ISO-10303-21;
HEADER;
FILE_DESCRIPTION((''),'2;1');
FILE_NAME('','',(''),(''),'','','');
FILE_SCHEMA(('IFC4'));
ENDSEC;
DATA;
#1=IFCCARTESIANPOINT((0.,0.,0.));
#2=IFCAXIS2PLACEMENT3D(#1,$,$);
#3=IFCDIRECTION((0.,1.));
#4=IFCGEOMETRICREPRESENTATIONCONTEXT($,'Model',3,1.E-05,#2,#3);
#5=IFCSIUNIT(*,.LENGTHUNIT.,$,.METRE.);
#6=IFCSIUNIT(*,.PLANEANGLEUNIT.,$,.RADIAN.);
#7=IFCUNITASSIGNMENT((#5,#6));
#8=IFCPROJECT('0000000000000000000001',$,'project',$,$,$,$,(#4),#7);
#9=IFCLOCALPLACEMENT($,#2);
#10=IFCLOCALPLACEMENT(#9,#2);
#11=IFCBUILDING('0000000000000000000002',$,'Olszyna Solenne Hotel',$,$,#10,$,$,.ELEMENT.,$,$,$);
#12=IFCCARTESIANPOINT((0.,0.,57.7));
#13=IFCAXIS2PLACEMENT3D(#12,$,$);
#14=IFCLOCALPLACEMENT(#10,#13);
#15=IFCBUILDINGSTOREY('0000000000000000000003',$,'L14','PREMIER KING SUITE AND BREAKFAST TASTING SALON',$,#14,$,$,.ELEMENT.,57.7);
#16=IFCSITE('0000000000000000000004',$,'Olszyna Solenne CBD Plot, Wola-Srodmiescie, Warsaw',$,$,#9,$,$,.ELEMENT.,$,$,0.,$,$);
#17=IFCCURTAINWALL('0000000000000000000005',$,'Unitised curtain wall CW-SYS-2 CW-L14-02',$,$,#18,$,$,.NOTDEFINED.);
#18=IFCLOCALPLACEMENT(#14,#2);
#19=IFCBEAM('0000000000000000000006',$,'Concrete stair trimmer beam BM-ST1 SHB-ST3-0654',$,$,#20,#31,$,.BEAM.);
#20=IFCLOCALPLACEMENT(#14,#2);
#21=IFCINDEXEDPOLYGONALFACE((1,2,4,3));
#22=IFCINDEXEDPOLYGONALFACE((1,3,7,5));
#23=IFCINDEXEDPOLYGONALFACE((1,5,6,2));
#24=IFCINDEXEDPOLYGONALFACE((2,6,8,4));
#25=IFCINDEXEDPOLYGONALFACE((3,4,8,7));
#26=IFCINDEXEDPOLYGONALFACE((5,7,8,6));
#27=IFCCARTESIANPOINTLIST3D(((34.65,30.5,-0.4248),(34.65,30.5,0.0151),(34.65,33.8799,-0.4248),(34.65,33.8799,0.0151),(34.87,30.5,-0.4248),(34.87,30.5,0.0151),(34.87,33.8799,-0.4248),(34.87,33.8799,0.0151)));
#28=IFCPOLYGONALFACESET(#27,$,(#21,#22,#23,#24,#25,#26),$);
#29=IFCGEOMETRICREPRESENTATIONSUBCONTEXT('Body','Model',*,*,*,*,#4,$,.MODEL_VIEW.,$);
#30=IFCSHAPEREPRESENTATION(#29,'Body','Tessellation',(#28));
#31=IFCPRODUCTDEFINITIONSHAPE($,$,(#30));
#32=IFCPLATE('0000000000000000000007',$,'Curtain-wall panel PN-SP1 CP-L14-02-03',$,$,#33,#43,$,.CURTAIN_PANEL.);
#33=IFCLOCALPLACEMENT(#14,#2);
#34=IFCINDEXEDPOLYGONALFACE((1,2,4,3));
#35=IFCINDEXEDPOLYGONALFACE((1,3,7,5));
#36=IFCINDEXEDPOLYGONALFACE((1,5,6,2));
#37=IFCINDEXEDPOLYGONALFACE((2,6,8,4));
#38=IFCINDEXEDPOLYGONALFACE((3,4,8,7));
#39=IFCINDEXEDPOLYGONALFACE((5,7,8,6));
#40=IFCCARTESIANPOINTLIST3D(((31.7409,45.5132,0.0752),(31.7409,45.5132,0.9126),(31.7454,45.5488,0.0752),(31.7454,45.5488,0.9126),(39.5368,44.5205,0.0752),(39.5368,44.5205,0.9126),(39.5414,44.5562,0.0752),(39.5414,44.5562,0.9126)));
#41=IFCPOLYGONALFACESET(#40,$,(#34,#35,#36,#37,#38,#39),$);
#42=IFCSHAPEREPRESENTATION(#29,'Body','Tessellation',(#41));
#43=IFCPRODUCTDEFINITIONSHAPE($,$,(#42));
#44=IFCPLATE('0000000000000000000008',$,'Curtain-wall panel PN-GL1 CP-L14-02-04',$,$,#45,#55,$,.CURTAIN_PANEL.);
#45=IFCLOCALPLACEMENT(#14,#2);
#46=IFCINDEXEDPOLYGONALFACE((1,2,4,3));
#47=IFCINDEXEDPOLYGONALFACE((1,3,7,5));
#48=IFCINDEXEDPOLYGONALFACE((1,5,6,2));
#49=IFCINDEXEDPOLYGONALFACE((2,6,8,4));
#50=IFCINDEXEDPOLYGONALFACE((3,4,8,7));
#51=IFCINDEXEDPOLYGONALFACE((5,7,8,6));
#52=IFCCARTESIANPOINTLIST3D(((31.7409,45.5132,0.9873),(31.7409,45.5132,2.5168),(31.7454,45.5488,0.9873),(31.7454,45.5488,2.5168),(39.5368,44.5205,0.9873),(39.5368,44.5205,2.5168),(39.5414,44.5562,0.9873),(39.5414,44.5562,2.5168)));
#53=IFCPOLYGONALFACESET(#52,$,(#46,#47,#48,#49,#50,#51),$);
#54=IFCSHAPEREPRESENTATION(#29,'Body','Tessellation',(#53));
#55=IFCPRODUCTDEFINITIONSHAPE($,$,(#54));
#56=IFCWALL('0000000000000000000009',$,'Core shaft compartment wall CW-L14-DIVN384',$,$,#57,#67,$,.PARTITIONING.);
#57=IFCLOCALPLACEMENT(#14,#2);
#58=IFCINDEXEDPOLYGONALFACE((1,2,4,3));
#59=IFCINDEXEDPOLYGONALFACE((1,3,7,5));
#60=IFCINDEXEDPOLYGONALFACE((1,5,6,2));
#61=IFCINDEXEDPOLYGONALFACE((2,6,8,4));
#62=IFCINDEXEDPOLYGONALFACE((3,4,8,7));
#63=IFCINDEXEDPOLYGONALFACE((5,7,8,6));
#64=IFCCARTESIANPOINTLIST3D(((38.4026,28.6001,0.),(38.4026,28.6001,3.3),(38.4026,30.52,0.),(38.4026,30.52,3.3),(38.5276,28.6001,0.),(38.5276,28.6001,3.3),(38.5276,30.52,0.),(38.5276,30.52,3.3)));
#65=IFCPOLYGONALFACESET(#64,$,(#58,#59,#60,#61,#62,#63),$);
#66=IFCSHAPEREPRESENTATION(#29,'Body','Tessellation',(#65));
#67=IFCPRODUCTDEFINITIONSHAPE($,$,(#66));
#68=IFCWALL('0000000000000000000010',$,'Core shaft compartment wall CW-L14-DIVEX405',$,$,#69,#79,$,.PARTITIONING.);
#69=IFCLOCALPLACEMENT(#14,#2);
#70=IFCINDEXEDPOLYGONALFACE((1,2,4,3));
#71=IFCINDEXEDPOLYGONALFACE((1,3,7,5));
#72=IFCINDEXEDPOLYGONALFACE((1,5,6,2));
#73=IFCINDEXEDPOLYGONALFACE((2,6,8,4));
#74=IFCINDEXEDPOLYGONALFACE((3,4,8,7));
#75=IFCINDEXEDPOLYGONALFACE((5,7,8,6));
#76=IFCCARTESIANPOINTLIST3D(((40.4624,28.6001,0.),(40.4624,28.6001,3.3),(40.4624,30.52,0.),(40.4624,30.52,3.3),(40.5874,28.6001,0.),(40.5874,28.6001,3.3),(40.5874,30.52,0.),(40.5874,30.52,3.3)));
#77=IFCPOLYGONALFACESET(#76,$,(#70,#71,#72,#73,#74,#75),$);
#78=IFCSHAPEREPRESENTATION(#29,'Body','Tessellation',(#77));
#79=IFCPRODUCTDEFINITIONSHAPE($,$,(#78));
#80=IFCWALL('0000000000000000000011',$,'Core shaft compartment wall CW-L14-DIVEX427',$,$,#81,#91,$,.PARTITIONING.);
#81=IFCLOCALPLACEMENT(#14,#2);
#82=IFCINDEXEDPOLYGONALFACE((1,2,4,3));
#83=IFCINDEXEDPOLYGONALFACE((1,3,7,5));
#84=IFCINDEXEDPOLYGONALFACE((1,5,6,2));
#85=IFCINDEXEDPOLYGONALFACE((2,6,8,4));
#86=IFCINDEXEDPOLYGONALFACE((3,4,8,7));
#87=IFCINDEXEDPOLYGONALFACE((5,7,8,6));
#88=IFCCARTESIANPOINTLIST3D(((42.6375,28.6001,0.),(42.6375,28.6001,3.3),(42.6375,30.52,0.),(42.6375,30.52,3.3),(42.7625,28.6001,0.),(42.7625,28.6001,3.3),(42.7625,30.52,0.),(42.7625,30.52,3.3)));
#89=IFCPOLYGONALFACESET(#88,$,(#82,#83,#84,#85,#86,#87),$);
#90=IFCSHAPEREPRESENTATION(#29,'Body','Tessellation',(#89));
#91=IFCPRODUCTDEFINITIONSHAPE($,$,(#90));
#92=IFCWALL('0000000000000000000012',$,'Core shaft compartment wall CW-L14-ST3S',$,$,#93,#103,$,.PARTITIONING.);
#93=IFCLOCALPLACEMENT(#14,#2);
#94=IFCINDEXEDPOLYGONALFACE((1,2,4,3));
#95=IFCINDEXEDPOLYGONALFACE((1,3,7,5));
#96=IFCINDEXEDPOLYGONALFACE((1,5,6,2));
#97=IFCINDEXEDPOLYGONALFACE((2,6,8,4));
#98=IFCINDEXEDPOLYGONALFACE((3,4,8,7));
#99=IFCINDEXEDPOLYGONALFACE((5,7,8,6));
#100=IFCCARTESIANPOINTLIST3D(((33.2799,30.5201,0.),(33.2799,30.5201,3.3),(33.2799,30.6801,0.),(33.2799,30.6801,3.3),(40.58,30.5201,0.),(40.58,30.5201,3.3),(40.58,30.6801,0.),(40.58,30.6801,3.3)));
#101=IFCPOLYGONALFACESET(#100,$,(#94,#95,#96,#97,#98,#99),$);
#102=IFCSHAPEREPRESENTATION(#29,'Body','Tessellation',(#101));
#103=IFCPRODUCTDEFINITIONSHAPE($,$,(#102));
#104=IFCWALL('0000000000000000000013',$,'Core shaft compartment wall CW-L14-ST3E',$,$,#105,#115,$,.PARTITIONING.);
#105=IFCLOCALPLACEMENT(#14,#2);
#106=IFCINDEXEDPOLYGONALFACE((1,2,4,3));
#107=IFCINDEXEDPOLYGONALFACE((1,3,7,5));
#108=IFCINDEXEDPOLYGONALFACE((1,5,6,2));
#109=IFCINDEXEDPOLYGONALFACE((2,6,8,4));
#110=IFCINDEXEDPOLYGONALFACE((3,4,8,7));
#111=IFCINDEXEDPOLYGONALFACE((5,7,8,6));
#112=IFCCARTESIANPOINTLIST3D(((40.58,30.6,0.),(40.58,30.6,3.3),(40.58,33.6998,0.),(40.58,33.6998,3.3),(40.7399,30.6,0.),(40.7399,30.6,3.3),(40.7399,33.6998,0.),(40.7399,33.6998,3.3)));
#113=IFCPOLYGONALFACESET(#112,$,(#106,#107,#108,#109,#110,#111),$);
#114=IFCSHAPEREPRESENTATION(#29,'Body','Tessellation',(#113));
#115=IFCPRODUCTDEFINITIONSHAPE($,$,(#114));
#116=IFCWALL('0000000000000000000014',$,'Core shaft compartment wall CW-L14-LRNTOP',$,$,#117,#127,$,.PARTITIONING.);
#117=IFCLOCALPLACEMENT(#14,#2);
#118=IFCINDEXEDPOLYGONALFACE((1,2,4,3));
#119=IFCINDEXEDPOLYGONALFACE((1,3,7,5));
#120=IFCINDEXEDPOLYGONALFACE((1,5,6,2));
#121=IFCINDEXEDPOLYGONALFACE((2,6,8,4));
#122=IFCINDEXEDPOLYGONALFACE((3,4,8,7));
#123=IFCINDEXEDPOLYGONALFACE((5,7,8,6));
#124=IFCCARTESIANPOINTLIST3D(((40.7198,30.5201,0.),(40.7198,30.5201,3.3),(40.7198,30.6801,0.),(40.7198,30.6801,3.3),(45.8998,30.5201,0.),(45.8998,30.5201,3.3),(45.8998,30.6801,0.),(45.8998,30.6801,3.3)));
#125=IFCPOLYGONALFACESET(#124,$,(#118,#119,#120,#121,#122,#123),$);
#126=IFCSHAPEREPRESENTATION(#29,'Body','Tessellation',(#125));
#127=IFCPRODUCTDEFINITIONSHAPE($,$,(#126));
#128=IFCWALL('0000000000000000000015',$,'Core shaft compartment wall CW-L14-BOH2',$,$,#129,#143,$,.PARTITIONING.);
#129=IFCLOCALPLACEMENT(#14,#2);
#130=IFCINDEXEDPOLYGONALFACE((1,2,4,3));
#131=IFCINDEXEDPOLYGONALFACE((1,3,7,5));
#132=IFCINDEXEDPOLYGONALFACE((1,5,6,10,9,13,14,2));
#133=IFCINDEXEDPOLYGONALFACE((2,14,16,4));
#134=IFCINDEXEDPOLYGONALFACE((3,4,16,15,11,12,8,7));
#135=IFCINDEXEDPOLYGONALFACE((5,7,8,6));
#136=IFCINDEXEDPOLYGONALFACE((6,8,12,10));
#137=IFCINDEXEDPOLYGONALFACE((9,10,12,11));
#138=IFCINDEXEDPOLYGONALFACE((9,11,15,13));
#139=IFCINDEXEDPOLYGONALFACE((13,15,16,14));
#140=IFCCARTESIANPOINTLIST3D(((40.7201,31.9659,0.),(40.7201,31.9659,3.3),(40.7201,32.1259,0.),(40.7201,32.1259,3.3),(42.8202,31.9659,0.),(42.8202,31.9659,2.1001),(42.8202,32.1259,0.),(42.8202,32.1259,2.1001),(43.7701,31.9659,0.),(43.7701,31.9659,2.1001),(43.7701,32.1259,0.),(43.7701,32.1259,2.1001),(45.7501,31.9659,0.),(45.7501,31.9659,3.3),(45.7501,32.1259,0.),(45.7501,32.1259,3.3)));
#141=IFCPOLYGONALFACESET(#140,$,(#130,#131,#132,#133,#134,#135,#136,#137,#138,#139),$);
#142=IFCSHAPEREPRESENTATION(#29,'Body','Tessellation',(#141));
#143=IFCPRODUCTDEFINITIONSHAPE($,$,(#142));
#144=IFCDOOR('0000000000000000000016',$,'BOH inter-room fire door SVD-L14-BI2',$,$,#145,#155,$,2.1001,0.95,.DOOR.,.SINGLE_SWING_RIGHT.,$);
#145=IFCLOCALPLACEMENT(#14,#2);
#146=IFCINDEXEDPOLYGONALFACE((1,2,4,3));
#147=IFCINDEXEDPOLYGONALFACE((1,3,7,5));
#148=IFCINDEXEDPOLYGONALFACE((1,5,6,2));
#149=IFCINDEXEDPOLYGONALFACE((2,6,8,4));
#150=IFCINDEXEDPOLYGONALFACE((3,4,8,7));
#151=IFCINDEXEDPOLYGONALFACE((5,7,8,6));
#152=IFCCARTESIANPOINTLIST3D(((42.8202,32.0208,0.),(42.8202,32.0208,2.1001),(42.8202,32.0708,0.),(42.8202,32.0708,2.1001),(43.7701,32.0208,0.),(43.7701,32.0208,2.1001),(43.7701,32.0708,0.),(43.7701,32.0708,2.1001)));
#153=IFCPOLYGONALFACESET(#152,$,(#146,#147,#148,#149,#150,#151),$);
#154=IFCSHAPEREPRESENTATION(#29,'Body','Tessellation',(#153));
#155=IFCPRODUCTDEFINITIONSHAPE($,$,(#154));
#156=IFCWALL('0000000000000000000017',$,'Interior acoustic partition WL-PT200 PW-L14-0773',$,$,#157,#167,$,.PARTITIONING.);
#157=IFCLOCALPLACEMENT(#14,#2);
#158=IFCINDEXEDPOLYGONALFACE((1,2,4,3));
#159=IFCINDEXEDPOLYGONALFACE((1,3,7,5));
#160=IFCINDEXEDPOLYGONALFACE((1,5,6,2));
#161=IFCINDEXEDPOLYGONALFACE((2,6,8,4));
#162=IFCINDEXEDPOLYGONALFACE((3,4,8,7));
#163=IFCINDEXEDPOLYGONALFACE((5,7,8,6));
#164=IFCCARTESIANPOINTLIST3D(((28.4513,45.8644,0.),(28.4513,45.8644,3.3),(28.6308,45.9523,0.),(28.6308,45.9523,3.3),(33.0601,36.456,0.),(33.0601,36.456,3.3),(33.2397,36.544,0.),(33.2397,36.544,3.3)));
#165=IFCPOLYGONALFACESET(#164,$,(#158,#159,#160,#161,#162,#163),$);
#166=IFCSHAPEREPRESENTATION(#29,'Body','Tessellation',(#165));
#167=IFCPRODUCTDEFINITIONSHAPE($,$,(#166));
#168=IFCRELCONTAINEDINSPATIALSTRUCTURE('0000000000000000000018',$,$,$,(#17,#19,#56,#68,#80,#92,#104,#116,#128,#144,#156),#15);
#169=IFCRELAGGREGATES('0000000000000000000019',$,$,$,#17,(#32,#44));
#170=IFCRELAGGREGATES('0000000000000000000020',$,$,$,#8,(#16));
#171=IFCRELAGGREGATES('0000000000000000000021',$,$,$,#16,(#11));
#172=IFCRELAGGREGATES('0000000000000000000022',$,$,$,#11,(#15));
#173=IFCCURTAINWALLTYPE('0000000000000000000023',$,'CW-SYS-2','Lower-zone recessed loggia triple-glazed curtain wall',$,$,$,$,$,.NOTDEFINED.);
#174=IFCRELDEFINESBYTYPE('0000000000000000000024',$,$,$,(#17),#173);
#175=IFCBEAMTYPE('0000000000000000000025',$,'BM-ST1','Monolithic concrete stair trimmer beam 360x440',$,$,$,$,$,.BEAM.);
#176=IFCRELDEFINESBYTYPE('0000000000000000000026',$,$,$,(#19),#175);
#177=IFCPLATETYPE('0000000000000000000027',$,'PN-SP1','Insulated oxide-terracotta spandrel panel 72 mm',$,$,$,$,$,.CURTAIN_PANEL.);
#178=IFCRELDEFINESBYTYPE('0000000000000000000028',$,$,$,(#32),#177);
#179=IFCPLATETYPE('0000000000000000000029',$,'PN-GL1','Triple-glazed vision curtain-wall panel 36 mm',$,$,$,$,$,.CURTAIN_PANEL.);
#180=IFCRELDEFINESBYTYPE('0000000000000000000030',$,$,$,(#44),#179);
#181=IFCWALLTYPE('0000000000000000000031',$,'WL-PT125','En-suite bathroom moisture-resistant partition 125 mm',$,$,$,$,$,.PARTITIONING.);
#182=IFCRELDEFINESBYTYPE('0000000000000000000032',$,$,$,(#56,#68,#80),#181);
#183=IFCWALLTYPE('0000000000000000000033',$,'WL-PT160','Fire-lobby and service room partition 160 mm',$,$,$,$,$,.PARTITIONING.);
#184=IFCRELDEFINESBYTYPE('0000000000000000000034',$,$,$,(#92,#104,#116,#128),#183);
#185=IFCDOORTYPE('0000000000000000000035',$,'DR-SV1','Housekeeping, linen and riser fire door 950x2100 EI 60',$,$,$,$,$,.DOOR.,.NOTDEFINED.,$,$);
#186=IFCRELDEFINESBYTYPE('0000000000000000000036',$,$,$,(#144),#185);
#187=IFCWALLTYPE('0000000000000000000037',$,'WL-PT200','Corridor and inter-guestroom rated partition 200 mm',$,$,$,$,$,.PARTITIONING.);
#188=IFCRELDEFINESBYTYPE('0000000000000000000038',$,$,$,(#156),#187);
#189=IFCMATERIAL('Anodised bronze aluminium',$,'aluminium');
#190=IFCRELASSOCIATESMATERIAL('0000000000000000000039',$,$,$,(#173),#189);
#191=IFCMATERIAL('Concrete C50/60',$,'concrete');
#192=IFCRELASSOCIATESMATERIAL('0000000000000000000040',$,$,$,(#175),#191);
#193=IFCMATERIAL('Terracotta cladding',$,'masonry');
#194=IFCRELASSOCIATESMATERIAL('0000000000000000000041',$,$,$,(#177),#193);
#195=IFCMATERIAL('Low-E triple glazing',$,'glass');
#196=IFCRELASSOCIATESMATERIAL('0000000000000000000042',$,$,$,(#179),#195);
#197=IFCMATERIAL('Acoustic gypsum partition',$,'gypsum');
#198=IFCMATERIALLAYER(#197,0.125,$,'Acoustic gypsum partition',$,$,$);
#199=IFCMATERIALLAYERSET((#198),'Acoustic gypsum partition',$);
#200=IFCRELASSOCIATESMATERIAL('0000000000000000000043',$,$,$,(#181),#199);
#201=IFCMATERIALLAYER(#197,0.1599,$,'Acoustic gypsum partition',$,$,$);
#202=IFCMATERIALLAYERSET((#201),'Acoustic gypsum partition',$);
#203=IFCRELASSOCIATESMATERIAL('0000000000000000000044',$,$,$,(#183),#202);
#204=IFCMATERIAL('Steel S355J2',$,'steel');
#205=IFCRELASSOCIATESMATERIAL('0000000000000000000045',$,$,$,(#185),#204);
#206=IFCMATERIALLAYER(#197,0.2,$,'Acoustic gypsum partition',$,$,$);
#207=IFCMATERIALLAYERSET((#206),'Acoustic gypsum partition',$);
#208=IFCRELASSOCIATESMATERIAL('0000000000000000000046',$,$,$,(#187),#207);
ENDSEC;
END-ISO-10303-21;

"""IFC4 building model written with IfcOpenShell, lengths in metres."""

from ifc_helpers import new_model, si_unit, direction, frame, frame_2d, origin, origin_2d, place, context, subcontext, project, spatial, rectangle, extrude, source, transform, mapped, material, layer, layer_set, material_profile, profile_set, type_object, type_shapes, element, fill, aggregate, save


model = new_model("IFC4")

# Units and contexts
model_context = context("Model", 3, precision=1e-05, world=origin(), true_north=direction((0.0, 1.0)))
body_context = subcontext(model_context, "Body", "Model", "MODEL_VIEW")
ifc_project = project(units=[si_unit("LENGTHUNIT", "METRE"), si_unit("PLANEANGLEUNIT", "RADIAN")], contexts=[model_context])

# Site, building, storey
site_placement = place(None, origin())
site = spatial("IfcSite", under=ifc_project, at=site_placement, Name="Olszyna Solenne CBD Plot, Wola-Srodmiescie, Warsaw", CompositionType="ELEMENT", RefElevation=0.0)
building_placement = place(site_placement, origin())
building = spatial("IfcBuilding", under=site, at=building_placement, Name="Olszyna Solenne Hotel", CompositionType="ELEMENT")
storey_placement = place(building_placement, frame((0.0, 0.0, 57.7)))
storey = spatial("IfcBuildingStorey", under=building, at=storey_placement, Name="L14", Description="PREMIER KING SUITE AND BREAKFAST TASTING SALON", CompositionType="ELEMENT", Elevation=57.7)

# Shared definitions
ifc_material_1 = material(Name="Steel S355J2", Category="steel")

# Curtain wall
ifc_material_2 = material(Name="Anodised bronze aluminium", Category="aluminium")
curtain_wall_type = type_object("IfcCurtainWallType", Name="CW-SYS-2", Description="Lower-zone recessed loggia triple-glazed curtain wall", PredefinedType="NOTDEFINED", material=ifc_material_2)
curtain_wall_placement = place(storey_placement, origin())
curtain_wall = element("IfcCurtainWall", 1, at=curtain_wall_placement, inside=storey, type_object=curtain_wall_type, Name="Unitised curtain wall CW-SYS-2 CW-L14-02", PredefinedType="NOTDEFINED")

# Beam
ifc_material_3 = material(Name="Concrete C50/60", Category="concrete")
ifc_material_profile_1 = material_profile(ifc_material_3, rectangle(XDim=0.22, YDim=0.4399, at=origin_2d()), Name="RC 220x440", Category="load-bearing")
ifc_profile_set_1 = profile_set([ifc_material_profile_1], Name="Concrete C50/60")
beam_type_1 = type_object("IfcBeamType", Name="BM-ST1", Description="Monolithic concrete stair trimmer beam 360x440", PredefinedType="BEAM", material=ifc_profile_set_1)
shared_shape_1 = source(origin(), body_context, "Body", "SweptSolid", [
    extrude(rectangle(XDim=0.22, YDim=0.4399, at=origin_2d()), origin(), (0.0, 0.0, 1.0), 3.3799),
])
beam_1_placement = place(storey_placement, frame((34.76, 30.5, -0.2048), z_axis=(0.0, 1.0, 0.0), x_axis=(-1.0, 0.0, 0.0)))
element("IfcBeam", 2, at=beam_1_placement, inside=storey, type_object=beam_type_1, Name="Concrete stair trimmer beam BM-ST1 SHB-ST3-0654", PredefinedType="BEAM", context=body_context, shape_type="MappedRepresentation", body=[
    mapped(shared_shape_1, transform((0.0, 0.0, 0.0), x_axis=(1.0, 0.0, 0.0), y_axis=(0.0, 1.0, 0.0), z_axis=(0.0, 0.0, 1.0), scale=1.0)),
])

# Plates
ifc_material_4 = material(Name="Terracotta cladding", Category="masonry")
plate_type_1 = type_object("IfcPlateType", Name="PN-SP1", Description="Insulated oxide-terracotta spandrel panel 72 mm", PredefinedType="CURTAIN_PANEL", material=ifc_material_4)
shared_shape_2 = source(origin(), body_context, "Body", "SweptSolid", [
    extrude(rectangle(XDim=7.8589, YDim=0.0359, at=origin_2d()), origin(), (0.0, 0.0, 1.0), 0.8374),
])
plate_1_placement = place(storey_placement, frame((35.6411, 45.0347, 0.0752), z_axis=(0.0, 0.0, 1.0), x_axis=(0.991991, -0.126308, 0.0)))
plate_1 = element("IfcPlate", 3, at=plate_1_placement, type_object=plate_type_1, Name="Curtain-wall panel PN-SP1 CP-L14-02-03", PredefinedType="CURTAIN_PANEL", context=body_context, shape_type="MappedRepresentation", body=[
    mapped(shared_shape_2, transform((0.0, 0.0, 0.0), x_axis=(1.0, 0.0, 0.0), y_axis=(0.0, 1.0, 0.0), z_axis=(0.0, 0.0, 1.0), scale=1.0)),
])
ifc_material_5 = material(Name="Low-E triple glazing", Category="glass")
plate_type_2 = type_object("IfcPlateType", Name="PN-GL1", Description="Triple-glazed vision curtain-wall panel 36 mm", PredefinedType="CURTAIN_PANEL", material=ifc_material_5)
shared_shape_3 = source(origin(), body_context, "Body", "SweptSolid", [
    extrude(rectangle(XDim=7.8589, YDim=0.0359, at=origin_2d()), origin(), (0.0, 0.0, 1.0), 1.5295),
])
plate_2_placement = place(storey_placement, frame((35.6411, 45.0347, 0.9873), z_axis=(0.0, 0.0, 1.0), x_axis=(0.991991, -0.126308, 0.0)))
plate_2 = element("IfcPlate", 4, at=plate_2_placement, type_object=plate_type_2, Name="Curtain-wall panel PN-GL1 CP-L14-02-04", PredefinedType="CURTAIN_PANEL", context=body_context, shape_type="MappedRepresentation", body=[
    mapped(shared_shape_3, transform((0.0, 0.0, 0.0), x_axis=(1.0, 0.0, 0.0), y_axis=(0.0, 1.0, 0.0), z_axis=(0.0, 0.0, 1.0), scale=1.0)),
])
aggregate(curtain_wall, [plate_1, plate_2])

# Walls
ifc_material_6 = material(Name="Acoustic gypsum partition", Category="gypsum")
ifc_layer_1 = layer(ifc_material_6, 0.125, Name="Acoustic gypsum partition")
ifc_layer_set_1 = layer_set([ifc_layer_1], Name="Acoustic gypsum partition")
wall_type_1 = type_object("IfcWallType", Name="WL-PT125", Description="En-suite bathroom moisture-resistant partition 125 mm", PredefinedType="PARTITIONING", material=ifc_layer_set_1)
for number, where, z_axis, x_axis, name in (
    (5, (38.4651, 28.6001, 0.0), (0.0, 0.0, 1.0), (0.0, 1.0, 0.0), "Core shaft compartment wall CW-L14-DIVN384"),
    (6, (40.5249, 28.6001, 0.0), (0.0, 0.0, 1.0), (0.0, 1.0, 0.0), "Core shaft compartment wall CW-L14-DIVEX405"),
    (7, (42.7, 28.6001, 0.0), (0.0, 0.0, 1.0), (0.0, 1.0, 0.0), "Core shaft compartment wall CW-L14-DIVEX427"),
):
    element("IfcWall", number, at=place(storey_placement, frame(where, z_axis=z_axis, x_axis=x_axis)), inside=storey, type_object=wall_type_1, Name=name, PredefinedType="PARTITIONING", context=body_context, shape_type="SweptSolid", body=[
        extrude(rectangle(XDim=1.9199, YDim=0.125, at=frame_2d((0.96, 0.0))), origin(), (0.0, 0.0, 1.0), 3.3),
    ])
ifc_layer_2 = layer(ifc_material_6, 0.1599, Name="Acoustic gypsum partition")
ifc_layer_set_2 = layer_set([ifc_layer_2], Name="Acoustic gypsum partition")
wall_type_2 = type_object("IfcWallType", Name="WL-PT160", Description="Fire-lobby and service room partition 160 mm", PredefinedType="PARTITIONING", material=ifc_layer_set_2)
wall_1_placement = place(storey_placement, frame((33.28, 30.6001, 0.0), z_axis=(0.0, 0.0, 1.0), x_axis=(1.0, 0.0, 0.0)))
element("IfcWall", 8, at=wall_1_placement, inside=storey, type_object=wall_type_2, Name="Core shaft compartment wall CW-L14-ST3S", PredefinedType="PARTITIONING", context=body_context, shape_type="SweptSolid", body=[
    extrude(rectangle(XDim=7.3, YDim=0.1599, at=frame_2d((3.6499, 0.0))), origin(), (0.0, 0.0, 1.0), 3.3),
])
wall_2_placement = place(storey_placement, frame((40.6599, 30.6001, 0.0), z_axis=(0.0, 0.0, 1.0), x_axis=(0.0, 1.0, 0.0)))
element("IfcWall", 9, at=wall_2_placement, inside=storey, type_object=wall_type_2, Name="Core shaft compartment wall CW-L14-ST3E", PredefinedType="PARTITIONING", context=body_context, shape_type="SweptSolid", body=[
    extrude(rectangle(XDim=3.0999, YDim=0.1599, at=frame_2d((1.5498, 0.0))), origin(), (0.0, 0.0, 1.0), 3.3),
])
wall_3_placement = place(storey_placement, frame((40.72, 30.6001, 0.0), z_axis=(0.0, 0.0, 1.0), x_axis=(1.0, 0.0, 0.0)))
element("IfcWall", 10, at=wall_3_placement, inside=storey, type_object=wall_type_2, Name="Core shaft compartment wall CW-L14-LRNTOP", PredefinedType="PARTITIONING", context=body_context, shape_type="SweptSolid", body=[
    extrude(rectangle(XDim=5.1799, YDim=0.1599, at=frame_2d((2.5898, 0.0))), origin(), (0.0, 0.0, 1.0), 3.3),
])

# Wall, opening, door
wall_4_placement = place(storey_placement, frame((40.72, 32.0459, 0.0), z_axis=(0.0, 0.0, 1.0), x_axis=(1.0, 0.0, 0.0)))
wall_4 = element("IfcWall", 11, at=wall_4_placement, inside=storey, type_object=wall_type_2, Name="Core shaft compartment wall CW-L14-BOH2", PredefinedType="PARTITIONING", context=body_context, shape_type="SweptSolid", body=[
    extrude(rectangle(XDim=5.03, YDim=0.1599, at=frame_2d((2.5151, 0.0))), origin(), (0.0, 0.0, 1.0), 3.3),
])
opening_placement = place(wall_4_placement, frame((2.1001, 0.0, 0.0)))
opening = element("IfcOpeningElement", 12, at=opening_placement, cuts=wall_4, PredefinedType="OPENING", context=body_context, shape_type="SweptSolid", body=[
    extrude(rectangle(XDim=0.95, YDim=2.1001, at=frame_2d((0.4751, 1.05))), frame((0.0, 0.0898, 0.0), z_axis=(0.0, -1.0, 0.0), x_axis=(1.0, 0.0, 0.0)), (0.0, 0.0, 1.0), 0.1799),
])
door_type = type_object("IfcDoorType", Name="DR-SV1", Description="Housekeeping, linen and riser fire door 950x2100 EI 60", OperationType="NOTDEFINED", PredefinedType="DOOR", material=ifc_material_1)
shared_shape_4 = source(origin(), body_context, "Body", "SweptSolid", [
    extrude(rectangle(XDim=0.95, YDim=2.1001, at=frame_2d((0.4751, 1.05))), frame((0.0, 0.0249, 0.0), z_axis=(0.0, -1.0, 0.0), x_axis=(1.0, 0.0, 0.0)), (0.0, 0.0, 1.0), 0.05),
])
type_shapes(door_type, [shared_shape_4])
door_placement = place(opening_placement, origin())
door = element("IfcDoor", 13, at=door_placement, inside=storey, type_object=door_type, Name="BOH inter-room fire door SVD-L14-BI2", OperationType="SINGLE_SWING_RIGHT", OverallHeight=2.1001, OverallWidth=0.95, PredefinedType="DOOR", context=body_context, shape_type="MappedRepresentation", body=[
    mapped(shared_shape_4, transform((0.0, 0.0, 0.0), x_axis=(1.0, 0.0, 0.0), y_axis=(0.0, 1.0, 0.0), z_axis=(0.0, 0.0, 1.0), scale=1.0)),
])
fill(opening, door)

# Wall
ifc_layer_3 = layer(ifc_material_6, 0.2, Name="Acoustic gypsum partition")
ifc_layer_set_3 = layer_set([ifc_layer_3], Name="Acoustic gypsum partition")
wall_type_3 = type_object("IfcWallType", Name="WL-PT200", Description="Corridor and inter-guestroom rated partition 200 mm", PredefinedType="PARTITIONING", material=ifc_layer_set_3)
wall_5_placement = place(storey_placement, frame((33.1499, 36.5, 0.0), z_axis=(0.0, 0.0, 1.0), x_axis=(-0.439919, 0.898038, 0.0)))
element("IfcWall", 14, at=wall_5_placement, inside=storey, type_object=wall_type_3, Name="Interior acoustic partition WL-PT200 PW-L14-0773", PredefinedType="PARTITIONING", context=body_context, shape_type="SweptSolid", body=[
    extrude(rectangle(XDim=10.4766, YDim=0.2, at=frame_2d((5.2383, 0.0))), origin(), (0.0, 0.0, 1.0), 3.3),
])

save(model, "model.ifc")
